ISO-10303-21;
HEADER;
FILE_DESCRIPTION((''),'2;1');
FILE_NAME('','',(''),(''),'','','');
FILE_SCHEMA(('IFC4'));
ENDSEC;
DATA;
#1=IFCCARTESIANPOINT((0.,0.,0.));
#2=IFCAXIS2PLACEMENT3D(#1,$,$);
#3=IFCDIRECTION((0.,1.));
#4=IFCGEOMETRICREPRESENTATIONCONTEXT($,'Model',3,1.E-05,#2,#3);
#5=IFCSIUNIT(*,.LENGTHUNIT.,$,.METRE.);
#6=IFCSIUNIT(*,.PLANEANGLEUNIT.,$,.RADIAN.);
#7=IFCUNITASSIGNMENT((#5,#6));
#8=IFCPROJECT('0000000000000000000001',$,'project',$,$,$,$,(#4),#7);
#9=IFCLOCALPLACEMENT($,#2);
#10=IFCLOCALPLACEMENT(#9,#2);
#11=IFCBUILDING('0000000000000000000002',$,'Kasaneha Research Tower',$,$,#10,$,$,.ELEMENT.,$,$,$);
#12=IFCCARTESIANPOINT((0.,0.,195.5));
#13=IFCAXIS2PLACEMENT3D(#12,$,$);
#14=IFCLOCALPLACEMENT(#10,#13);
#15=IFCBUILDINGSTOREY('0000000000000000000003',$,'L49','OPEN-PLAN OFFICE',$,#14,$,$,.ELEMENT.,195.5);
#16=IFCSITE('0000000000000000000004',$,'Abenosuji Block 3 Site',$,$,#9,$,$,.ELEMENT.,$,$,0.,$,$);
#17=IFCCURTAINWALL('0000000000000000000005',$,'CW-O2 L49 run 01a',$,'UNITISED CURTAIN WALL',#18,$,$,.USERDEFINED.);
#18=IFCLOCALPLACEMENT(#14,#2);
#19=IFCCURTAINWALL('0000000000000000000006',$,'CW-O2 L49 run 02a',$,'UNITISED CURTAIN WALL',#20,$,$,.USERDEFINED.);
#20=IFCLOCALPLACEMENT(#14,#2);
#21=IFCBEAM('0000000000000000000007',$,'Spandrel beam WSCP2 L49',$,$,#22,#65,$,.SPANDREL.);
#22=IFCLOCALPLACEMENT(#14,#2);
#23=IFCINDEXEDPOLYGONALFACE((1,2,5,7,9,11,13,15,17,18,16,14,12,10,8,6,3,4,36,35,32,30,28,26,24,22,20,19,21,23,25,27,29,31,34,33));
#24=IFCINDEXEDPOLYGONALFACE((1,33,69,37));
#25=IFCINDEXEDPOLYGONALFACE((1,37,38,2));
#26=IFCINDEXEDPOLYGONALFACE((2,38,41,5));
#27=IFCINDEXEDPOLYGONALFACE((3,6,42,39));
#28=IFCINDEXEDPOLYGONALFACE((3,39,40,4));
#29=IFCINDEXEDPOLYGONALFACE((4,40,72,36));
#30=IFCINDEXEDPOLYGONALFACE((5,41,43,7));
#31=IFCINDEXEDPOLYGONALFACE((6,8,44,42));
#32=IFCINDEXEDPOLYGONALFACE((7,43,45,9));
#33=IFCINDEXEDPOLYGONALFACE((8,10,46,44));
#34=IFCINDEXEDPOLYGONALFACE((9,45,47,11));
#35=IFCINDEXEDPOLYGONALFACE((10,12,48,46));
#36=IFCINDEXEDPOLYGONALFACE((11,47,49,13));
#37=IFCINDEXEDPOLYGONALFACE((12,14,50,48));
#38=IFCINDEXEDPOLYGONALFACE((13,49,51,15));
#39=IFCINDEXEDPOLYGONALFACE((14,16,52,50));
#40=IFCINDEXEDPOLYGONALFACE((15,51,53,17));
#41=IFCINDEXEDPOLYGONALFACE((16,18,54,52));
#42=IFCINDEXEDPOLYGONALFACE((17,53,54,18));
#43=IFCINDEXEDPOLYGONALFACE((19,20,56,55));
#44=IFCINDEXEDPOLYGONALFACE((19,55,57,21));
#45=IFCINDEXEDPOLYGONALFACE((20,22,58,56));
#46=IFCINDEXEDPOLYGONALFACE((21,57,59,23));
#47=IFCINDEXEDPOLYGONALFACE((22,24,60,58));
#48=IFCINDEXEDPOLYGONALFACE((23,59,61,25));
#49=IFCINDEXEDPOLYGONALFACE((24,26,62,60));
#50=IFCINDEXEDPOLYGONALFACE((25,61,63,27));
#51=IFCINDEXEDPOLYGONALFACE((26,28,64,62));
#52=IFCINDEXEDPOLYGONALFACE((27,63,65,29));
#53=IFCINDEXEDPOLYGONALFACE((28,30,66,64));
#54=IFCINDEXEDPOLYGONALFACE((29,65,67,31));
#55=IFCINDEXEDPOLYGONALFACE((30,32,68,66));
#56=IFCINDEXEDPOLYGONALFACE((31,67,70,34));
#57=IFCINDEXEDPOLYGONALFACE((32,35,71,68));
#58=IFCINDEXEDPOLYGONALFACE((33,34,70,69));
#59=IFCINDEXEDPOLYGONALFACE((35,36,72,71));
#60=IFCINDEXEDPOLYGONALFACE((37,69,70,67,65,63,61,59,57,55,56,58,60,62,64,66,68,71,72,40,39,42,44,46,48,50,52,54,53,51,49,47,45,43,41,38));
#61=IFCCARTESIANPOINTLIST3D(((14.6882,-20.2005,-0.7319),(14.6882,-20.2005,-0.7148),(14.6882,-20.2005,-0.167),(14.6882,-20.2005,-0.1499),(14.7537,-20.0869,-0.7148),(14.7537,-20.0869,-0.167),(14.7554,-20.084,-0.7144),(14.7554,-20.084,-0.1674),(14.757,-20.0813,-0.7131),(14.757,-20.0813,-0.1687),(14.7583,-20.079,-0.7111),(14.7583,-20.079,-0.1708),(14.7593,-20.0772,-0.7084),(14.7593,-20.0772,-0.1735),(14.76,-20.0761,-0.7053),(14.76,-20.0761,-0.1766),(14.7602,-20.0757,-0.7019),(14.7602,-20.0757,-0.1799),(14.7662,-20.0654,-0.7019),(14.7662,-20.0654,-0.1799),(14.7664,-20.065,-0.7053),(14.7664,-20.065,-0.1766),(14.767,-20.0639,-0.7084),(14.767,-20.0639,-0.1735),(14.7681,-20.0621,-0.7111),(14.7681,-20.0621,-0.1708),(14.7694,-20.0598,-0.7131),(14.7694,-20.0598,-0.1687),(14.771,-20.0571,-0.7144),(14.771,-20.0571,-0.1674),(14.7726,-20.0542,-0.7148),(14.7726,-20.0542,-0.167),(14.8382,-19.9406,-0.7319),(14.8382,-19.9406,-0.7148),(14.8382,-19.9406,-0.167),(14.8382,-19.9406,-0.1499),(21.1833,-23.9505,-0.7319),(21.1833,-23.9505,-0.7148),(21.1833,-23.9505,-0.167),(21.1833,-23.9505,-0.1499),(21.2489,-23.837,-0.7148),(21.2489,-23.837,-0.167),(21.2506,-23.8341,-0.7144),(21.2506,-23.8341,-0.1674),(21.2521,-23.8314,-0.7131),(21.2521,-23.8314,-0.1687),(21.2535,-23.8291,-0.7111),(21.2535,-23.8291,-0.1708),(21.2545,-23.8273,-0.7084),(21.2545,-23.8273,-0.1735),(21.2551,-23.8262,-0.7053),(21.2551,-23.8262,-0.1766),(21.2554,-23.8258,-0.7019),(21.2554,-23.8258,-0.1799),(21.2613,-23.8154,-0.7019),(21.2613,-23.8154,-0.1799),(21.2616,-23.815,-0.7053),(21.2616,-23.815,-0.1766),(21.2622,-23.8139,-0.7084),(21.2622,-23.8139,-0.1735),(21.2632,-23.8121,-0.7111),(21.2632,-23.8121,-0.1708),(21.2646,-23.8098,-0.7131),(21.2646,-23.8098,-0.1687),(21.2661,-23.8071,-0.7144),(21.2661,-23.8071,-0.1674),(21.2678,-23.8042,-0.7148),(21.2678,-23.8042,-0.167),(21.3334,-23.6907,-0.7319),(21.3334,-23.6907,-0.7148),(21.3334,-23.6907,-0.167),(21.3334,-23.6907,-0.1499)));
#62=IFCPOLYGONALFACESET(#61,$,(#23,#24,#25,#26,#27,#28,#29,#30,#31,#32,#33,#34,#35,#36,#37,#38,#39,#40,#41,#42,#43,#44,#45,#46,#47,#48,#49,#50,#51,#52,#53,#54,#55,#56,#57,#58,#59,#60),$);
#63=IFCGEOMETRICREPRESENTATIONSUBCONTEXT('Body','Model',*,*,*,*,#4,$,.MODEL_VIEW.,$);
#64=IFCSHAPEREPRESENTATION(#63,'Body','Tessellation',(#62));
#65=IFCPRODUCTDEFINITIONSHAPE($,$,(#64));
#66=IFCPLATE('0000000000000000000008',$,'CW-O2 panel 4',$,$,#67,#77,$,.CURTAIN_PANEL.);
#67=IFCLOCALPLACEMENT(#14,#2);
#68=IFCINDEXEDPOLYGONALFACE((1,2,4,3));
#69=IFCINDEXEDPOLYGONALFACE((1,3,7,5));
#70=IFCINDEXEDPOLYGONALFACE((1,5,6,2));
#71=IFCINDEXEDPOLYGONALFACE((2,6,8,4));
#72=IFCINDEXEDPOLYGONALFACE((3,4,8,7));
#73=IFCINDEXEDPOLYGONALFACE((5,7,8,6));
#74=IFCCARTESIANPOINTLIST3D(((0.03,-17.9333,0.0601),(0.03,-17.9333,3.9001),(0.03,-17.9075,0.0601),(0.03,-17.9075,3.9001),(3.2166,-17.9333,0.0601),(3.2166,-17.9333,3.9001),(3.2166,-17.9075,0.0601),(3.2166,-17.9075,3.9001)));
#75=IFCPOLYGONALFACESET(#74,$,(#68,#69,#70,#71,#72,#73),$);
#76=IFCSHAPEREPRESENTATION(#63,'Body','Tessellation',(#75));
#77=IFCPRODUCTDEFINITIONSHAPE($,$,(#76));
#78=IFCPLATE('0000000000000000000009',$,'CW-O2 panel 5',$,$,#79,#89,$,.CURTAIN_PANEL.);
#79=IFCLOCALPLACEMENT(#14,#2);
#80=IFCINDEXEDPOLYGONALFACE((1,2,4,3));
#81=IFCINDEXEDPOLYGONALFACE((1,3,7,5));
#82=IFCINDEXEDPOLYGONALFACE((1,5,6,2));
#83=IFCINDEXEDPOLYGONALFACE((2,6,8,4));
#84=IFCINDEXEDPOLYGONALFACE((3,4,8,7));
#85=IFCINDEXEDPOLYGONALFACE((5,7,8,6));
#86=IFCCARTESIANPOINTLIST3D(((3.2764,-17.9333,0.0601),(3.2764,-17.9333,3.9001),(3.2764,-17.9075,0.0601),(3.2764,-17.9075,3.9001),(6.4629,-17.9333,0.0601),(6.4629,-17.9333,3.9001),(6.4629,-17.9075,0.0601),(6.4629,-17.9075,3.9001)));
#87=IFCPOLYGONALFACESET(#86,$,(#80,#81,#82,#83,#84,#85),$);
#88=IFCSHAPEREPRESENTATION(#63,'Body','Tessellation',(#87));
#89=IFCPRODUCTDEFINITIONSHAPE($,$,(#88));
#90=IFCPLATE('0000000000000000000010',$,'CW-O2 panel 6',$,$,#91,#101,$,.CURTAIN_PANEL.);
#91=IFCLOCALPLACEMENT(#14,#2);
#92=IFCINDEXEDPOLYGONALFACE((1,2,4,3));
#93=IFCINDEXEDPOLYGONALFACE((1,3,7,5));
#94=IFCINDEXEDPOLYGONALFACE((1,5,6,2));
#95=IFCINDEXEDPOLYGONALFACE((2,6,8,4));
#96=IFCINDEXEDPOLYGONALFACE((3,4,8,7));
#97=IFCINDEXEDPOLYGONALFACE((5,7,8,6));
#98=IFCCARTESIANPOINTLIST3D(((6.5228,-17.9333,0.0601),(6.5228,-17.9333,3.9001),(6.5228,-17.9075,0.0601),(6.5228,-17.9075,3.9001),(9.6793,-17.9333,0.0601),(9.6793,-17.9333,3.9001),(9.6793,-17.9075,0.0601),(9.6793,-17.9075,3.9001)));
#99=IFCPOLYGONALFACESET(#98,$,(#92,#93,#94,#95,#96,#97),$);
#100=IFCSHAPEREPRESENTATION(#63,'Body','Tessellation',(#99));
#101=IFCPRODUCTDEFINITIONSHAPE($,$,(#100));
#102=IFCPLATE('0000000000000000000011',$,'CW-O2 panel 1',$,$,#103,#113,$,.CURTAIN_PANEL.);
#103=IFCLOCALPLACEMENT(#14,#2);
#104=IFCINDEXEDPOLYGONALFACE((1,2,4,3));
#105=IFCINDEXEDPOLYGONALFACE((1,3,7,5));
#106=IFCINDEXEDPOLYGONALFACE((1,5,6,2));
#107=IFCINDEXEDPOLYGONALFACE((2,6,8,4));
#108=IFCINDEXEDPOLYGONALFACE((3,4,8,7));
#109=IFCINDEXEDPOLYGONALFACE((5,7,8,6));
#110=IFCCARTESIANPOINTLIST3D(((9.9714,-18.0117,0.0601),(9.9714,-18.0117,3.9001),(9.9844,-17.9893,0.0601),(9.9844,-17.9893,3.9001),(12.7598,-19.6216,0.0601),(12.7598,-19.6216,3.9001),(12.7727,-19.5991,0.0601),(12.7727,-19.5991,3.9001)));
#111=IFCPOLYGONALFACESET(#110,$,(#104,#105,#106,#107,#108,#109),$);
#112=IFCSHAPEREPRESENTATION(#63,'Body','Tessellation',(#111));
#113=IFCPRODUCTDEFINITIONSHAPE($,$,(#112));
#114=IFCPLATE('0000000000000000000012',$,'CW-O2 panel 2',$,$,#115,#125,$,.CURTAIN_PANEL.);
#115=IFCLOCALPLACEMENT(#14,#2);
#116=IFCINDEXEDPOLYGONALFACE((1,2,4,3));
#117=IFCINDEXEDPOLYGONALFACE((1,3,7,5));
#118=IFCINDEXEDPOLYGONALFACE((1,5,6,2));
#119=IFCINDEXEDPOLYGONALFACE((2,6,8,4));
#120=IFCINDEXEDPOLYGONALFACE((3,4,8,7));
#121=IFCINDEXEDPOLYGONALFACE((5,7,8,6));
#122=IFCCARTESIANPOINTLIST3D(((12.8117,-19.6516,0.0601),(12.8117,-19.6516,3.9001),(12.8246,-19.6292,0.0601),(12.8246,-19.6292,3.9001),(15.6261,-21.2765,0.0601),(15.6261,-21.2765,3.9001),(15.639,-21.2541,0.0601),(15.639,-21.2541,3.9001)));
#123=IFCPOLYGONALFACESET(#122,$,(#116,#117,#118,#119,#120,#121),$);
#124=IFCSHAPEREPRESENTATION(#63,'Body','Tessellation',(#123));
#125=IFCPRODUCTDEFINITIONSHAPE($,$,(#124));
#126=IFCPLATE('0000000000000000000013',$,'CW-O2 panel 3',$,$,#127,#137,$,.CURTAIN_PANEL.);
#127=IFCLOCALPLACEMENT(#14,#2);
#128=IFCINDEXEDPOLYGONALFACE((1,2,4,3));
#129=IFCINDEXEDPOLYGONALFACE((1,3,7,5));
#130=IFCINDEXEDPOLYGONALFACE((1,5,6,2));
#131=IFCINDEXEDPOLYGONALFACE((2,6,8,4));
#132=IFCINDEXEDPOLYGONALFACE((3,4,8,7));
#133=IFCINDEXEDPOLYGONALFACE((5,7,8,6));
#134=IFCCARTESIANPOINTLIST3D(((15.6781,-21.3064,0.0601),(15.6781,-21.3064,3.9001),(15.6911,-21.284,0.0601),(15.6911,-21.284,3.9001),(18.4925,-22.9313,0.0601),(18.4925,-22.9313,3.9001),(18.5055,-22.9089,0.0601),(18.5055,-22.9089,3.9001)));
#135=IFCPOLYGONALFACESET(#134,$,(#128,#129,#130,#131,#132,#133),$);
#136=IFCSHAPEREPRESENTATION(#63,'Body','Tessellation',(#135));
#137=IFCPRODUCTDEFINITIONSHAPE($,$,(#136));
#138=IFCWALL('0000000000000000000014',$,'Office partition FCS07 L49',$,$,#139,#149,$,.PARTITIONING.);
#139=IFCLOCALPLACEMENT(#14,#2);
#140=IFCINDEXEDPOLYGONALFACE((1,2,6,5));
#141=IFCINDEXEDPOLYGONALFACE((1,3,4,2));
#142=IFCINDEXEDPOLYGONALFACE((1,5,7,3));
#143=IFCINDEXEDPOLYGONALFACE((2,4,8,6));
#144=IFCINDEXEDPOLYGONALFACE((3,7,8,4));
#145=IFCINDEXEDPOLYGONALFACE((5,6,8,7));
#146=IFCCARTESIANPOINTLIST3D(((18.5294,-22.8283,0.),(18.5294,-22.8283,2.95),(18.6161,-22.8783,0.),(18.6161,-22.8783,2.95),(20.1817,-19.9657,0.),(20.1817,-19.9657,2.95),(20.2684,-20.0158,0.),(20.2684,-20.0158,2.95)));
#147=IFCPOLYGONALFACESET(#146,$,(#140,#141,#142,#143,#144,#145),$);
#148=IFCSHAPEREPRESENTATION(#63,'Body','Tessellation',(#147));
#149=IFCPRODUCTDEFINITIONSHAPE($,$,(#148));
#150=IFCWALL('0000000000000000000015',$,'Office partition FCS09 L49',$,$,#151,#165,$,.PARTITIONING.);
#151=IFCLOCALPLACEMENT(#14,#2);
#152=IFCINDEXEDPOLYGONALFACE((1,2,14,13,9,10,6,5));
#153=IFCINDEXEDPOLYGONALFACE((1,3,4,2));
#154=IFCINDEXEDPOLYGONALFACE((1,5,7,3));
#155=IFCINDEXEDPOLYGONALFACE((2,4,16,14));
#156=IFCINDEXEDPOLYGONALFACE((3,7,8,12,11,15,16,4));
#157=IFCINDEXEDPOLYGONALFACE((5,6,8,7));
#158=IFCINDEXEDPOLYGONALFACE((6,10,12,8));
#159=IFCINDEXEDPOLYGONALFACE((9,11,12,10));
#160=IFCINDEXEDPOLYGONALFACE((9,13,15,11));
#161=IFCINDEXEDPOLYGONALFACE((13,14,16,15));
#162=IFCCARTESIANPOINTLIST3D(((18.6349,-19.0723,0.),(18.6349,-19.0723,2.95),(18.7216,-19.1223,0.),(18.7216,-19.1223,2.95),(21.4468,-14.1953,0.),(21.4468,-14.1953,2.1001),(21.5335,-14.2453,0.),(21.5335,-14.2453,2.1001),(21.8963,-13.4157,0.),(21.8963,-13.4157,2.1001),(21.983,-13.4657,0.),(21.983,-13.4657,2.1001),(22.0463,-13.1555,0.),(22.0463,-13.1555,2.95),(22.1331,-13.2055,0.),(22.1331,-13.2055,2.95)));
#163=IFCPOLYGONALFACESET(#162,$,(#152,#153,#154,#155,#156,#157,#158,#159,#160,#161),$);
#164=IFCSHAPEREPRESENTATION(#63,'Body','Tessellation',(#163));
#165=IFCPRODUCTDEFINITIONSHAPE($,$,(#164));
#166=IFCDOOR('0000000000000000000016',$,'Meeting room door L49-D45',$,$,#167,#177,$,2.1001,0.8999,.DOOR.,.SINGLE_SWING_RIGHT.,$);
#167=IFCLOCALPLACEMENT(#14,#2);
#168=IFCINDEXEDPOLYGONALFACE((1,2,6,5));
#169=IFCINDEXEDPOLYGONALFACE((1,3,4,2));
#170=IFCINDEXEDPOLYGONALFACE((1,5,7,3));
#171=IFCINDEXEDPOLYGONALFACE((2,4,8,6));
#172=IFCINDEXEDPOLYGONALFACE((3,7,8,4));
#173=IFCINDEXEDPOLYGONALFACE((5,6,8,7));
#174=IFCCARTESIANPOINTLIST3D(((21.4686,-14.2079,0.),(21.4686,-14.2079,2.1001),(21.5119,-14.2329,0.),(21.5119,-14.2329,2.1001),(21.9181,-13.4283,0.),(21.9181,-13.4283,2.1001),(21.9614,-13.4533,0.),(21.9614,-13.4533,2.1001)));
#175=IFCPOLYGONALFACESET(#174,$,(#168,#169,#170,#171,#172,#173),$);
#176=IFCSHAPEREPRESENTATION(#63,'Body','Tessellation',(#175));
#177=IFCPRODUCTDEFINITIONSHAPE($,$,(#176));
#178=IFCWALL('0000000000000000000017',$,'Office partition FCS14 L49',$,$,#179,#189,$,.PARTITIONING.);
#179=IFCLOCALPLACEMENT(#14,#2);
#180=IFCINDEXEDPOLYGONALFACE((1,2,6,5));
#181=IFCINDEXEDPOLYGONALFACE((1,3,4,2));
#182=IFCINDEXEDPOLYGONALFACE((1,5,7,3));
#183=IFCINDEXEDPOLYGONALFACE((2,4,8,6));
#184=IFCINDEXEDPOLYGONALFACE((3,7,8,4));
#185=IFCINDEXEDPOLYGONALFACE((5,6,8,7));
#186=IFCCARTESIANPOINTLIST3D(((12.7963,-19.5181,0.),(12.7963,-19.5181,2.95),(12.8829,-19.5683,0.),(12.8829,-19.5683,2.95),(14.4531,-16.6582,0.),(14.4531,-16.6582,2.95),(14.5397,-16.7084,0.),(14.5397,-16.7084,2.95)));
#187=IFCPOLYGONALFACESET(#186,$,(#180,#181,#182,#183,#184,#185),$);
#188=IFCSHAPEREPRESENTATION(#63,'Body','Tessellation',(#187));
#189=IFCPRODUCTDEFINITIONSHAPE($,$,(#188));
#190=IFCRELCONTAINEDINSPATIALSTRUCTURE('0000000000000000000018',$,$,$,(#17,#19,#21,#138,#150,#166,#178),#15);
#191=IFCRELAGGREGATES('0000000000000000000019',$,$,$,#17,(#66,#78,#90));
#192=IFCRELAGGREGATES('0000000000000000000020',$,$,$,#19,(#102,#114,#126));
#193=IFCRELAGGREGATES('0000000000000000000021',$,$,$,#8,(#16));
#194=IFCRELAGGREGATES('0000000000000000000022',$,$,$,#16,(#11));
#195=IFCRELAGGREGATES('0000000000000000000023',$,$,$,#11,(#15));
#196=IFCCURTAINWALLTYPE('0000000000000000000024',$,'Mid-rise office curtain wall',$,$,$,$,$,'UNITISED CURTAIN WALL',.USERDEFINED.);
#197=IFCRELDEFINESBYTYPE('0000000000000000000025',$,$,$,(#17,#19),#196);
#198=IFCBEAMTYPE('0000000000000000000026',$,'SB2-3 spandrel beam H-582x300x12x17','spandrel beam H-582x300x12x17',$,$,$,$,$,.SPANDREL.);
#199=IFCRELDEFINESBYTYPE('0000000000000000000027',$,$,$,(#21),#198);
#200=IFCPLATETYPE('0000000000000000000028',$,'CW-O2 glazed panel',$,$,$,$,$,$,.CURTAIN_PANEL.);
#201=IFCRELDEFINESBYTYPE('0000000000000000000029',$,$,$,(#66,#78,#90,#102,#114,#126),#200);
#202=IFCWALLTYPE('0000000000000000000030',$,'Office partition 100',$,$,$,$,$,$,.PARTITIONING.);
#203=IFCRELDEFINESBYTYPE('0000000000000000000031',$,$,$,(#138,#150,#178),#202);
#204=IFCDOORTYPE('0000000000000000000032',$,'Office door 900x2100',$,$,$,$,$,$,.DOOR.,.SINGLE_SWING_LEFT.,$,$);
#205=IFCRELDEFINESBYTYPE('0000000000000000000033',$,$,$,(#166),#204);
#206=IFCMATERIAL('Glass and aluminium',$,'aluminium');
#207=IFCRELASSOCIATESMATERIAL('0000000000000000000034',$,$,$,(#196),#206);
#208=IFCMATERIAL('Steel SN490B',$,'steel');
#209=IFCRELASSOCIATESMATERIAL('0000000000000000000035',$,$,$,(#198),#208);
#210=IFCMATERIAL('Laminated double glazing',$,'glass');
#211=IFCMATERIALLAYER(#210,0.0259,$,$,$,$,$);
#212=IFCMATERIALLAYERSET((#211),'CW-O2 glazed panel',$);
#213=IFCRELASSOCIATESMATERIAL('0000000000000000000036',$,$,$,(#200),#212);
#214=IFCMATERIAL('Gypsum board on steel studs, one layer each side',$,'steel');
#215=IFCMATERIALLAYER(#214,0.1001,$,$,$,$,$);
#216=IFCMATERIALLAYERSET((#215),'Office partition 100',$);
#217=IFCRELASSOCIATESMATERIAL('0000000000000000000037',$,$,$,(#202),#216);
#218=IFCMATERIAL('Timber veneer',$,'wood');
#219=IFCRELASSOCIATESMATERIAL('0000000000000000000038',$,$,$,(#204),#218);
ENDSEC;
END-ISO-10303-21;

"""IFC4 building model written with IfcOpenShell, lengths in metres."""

from ifc_helpers import new_model, si_unit, direction, frame, frame_2d, origin, origin_2d, place, context, subcontext, project, spatial, rectangle, i_section, extrude, material, layer, layer_set, material_profile, profile_set, type_object, element, fill, aggregate, save


model = new_model("IFC4")

# Units and contexts
model_context = context("Model", 3, precision=1e-05, world=origin(), true_north=direction((0.0, 1.0)))
body_context = subcontext(model_context, "Body", "Model", "MODEL_VIEW")
ifc_project = project(units=[si_unit("LENGTHUNIT", "METRE"), si_unit("PLANEANGLEUNIT", "RADIAN")], contexts=[model_context])

# Site, building, storey
site_placement = place(None, origin())
site = spatial("IfcSite", under=ifc_project, at=site_placement, Name="Abenosuji Block 3 Site", CompositionType="ELEMENT", RefElevation=0.0)
building_placement = place(site_placement, origin())
building = spatial("IfcBuilding", under=site, at=building_placement, Name="Kasaneha Research Tower", CompositionType="ELEMENT")
storey_placement = place(building_placement, frame((0.0, 0.0, 195.5)))
storey = spatial("IfcBuildingStorey", under=building, at=storey_placement, Name="L49", Description="OPEN-PLAN OFFICE", CompositionType="ELEMENT", Elevation=195.5)

# Curtain walls
ifc_material_1 = material(Name="Glass and aluminium", Category="aluminium")
curtain_wall_type = type_object("IfcCurtainWallType", Name="Mid-rise office curtain wall", ElementType="UNITISED CURTAIN WALL", PredefinedType="USERDEFINED", material=ifc_material_1)
curtain_wall_1_placement = place(storey_placement, origin())
curtain_wall_1 = element("IfcCurtainWall", 1, at=curtain_wall_1_placement, inside=storey, type_object=curtain_wall_type, Name="CW-O2 L49 run 01a", ObjectType="UNITISED CURTAIN WALL", PredefinedType="USERDEFINED")
curtain_wall_2_placement = place(storey_placement, origin())
curtain_wall_2 = element("IfcCurtainWall", 2, at=curtain_wall_2_placement, inside=storey, type_object=curtain_wall_type, Name="CW-O2 L49 run 02a", ObjectType="UNITISED CURTAIN WALL", PredefinedType="USERDEFINED")

# Beam
ifc_material_2 = material(Name="Steel SN490B", Category="steel")
ifc_material_profile_1 = material_profile(ifc_material_2, i_section(OverallWidth=0.3, OverallDepth=0.582, WebThickness=0.012, FlangeThickness=0.0171, FilletRadius=0.0129, at=origin_2d()), Name="H-582x300x12x17")
ifc_profile_set_1 = profile_set([ifc_material_profile_1], Name="Steel SN490B")
beam_type_1 = type_object("IfcBeamType", Name="SB2-3 spandrel beam H-582x300x12x17", Description="spandrel beam H-582x300x12x17", PredefinedType="SPANDREL", material=ifc_profile_set_1)
beam_1_placement = place(storey_placement, frame((14.7632, -20.0706, -0.4409), z_axis=(0.866023, -0.500004, 0.0), x_axis=(0.500004, 0.866023, 0.0)))
element("IfcBeam", 3, at=beam_1_placement, inside=storey, type_object=beam_type_1, Name="Spandrel beam WSCP2 L49", PredefinedType="SPANDREL", context=body_context, shape_type="SweptSolid", body=[
    extrude(i_section(OverallWidth=0.3, OverallDepth=0.582, WebThickness=0.012, FlangeThickness=0.0171, FilletRadius=0.0129, at=origin_2d()), origin(), (0.0, 0.0, 1.0), 7.5),
])

# Plates
ifc_material_3 = material(Name="Laminated double glazing", Category="glass")
ifc_layer_1 = layer(ifc_material_3, 0.0259)
ifc_layer_set_1 = layer_set([ifc_layer_1], Name="CW-O2 glazed panel")
plate_type = type_object("IfcPlateType", Name="CW-O2 glazed panel", PredefinedType="CURTAIN_PANEL", material=ifc_layer_set_1)
plate_1_placement = place(storey_placement, frame((1.6233, -17.9204, 0.0601), z_axis=(0.0, 0.0, 1.0), x_axis=(1.0, 0.0, 0.0)))
plate_1 = element("IfcPlate", 4, at=plate_1_placement, type_object=plate_type, Name="CW-O2 panel 4", PredefinedType="CURTAIN_PANEL", context=body_context, shape_type="SweptSolid", body=[
    extrude(rectangle(XDim=3.1865, YDim=0.0259, at=origin_2d()), origin(), (0.0, 0.0, 1.0), 3.8401),
])
plate_2_placement = place(storey_placement, frame((4.8696, -17.9204, 0.0601), z_axis=(0.0, 0.0, 1.0), x_axis=(1.0, 0.0, 0.0)))
plate_2 = element("IfcPlate", 5, at=plate_2_placement, type_object=plate_type, Name="CW-O2 panel 5", PredefinedType="CURTAIN_PANEL", context=body_context, shape_type="SweptSolid", body=[
    extrude(rectangle(XDim=3.1865, YDim=0.0259, at=origin_2d()), origin(), (0.0, 0.0, 1.0), 3.8401),
])
plate_3_placement = place(storey_placement, frame((8.1011, -17.9204, 0.0601), z_axis=(0.0, 0.0, 1.0), x_axis=(1.0, 0.0, 0.0)))
plate_3 = element("IfcPlate", 6, at=plate_3_placement, type_object=plate_type, Name="CW-O2 panel 6", PredefinedType="CURTAIN_PANEL", context=body_context, shape_type="SweptSolid", body=[
    extrude(rectangle(XDim=3.1565, YDim=0.0259, at=origin_2d()), origin(), (0.0, 0.0, 1.0), 3.8401),
])
aggregate(curtain_wall_1, [plate_1, plate_2, plate_3])
plate_4_placement = place(storey_placement, frame((11.3721, -18.8054, 0.0601), z_axis=(0.0, 0.0, 1.0), x_axis=(0.866025, -0.5, 0.0)))
plate_4 = element("IfcPlate", 7, at=plate_4_placement, type_object=plate_type, Name="CW-O2 panel 1", PredefinedType="CURTAIN_PANEL", context=body_context, shape_type="SweptSolid", body=[
    extrude(rectangle(XDim=3.2197, YDim=0.0259, at=origin_2d()), origin(), (0.0, 0.0, 1.0), 3.8401),
])
plate_5_placement = place(storey_placement, frame((14.2253, -20.4529, 0.0601), z_axis=(0.0, 0.0, 1.0), x_axis=(0.866025, -0.5, 0.0)))
plate_5 = element("IfcPlate", 8, at=plate_5_placement, type_object=plate_type, Name="CW-O2 panel 2", PredefinedType="CURTAIN_PANEL", context=body_context, shape_type="SweptSolid", body=[
    extrude(rectangle(XDim=3.2498, YDim=0.0259, at=origin_2d()), origin(), (0.0, 0.0, 1.0), 3.8401),
])
plate_6_placement = place(storey_placement, frame((17.0918, -22.1077, 0.0601), z_axis=(0.0, 0.0, 1.0), x_axis=(0.866025, -0.5, 0.0)))
plate_6 = element("IfcPlate", 9, at=plate_6_placement, type_object=plate_type, Name="CW-O2 panel 3", PredefinedType="CURTAIN_PANEL", context=body_context, shape_type="SweptSolid", body=[
    extrude(rectangle(XDim=3.2498, YDim=0.0259, at=origin_2d()), origin(), (0.0, 0.0, 1.0), 3.8401),
])
aggregate(curtain_wall_2, [plate_4, plate_5, plate_6])

# Wall
ifc_material_4 = material(Name="Gypsum board on steel studs, one layer each side", Category="steel")
ifc_layer_2 = layer(ifc_material_4, 0.1001)
ifc_layer_set_2 = layer_set([ifc_layer_2], Name="Office partition 100")
wall_type = type_object("IfcWallType", Name="Office partition 100", PredefinedType="PARTITIONING", material=ifc_layer_set_2)
wall_1_placement = place(storey_placement, frame((18.5728, -22.8533, 0.0), z_axis=(0.0, 0.0, 1.0), x_axis=(0.499921, 0.866071, 0.0)))
element("IfcWall", 10, at=wall_1_placement, inside=storey, type_object=wall_type, Name="Office partition FCS07 L49", PredefinedType="PARTITIONING", context=body_context, shape_type="SweptSolid", body=[
    extrude(rectangle(XDim=3.3052, YDim=0.1001, at=frame_2d((1.6526, 0.0))), origin(), (0.0, 0.0, 1.0), 2.95),
])

# Wall, opening, door
wall_2_placement = place(storey_placement, frame((18.6782, -19.0974, 0.0), z_axis=(0.0, 0.0, 1.0), x_axis=(0.499488, 0.866321, 0.0)))
wall_2 = element("IfcWall", 11, at=wall_2_placement, inside=storey, type_object=wall_type, Name="Office partition FCS09 L49", PredefinedType="PARTITIONING", context=body_context, shape_type="SweptSolid", body=[
    extrude(rectangle(XDim=6.8298, YDim=0.1001, at=frame_2d((3.415, 0.0))), origin(), (0.0, 0.0, 1.0), 2.95),
])
opening_placement = place(wall_2_placement, frame((5.6296, 0.0, 0.0)))
opening = element("IfcOpeningElement", 12, at=opening_placement, cuts=wall_2, PredefinedType="OPENING", context=body_context, shape_type="SweptSolid", body=[
    extrude(rectangle(XDim=0.8999, YDim=2.1001, at=frame_2d((0.45, 1.05))), frame((0.0, 0.0601, 0.0), z_axis=(0.0, -1.0, 0.0), x_axis=(1.0, 0.0, 0.0)), (0.0, 0.0, 1.0), 0.1201),
])
ifc_material_5 = material(Name="Timber veneer", Category="wood")
door_type = type_object("IfcDoorType", Name="Office door 900x2100", OperationType="SINGLE_SWING_LEFT", PredefinedType="DOOR", material=ifc_material_5)
door_placement = place(opening_placement, origin())
door = element("IfcDoor", 13, at=door_placement, inside=storey, type_object=door_type, Name="Meeting room door L49-D45", OperationType="SINGLE_SWING_RIGHT", OverallHeight=2.1001, OverallWidth=0.8999, PredefinedType="DOOR", context=body_context, shape_type="SweptSolid", body=[
    extrude(rectangle(XDim=0.8999, YDim=2.1001, at=frame_2d((0.45, 1.05))), frame((0.0, 0.0249, 0.0), z_axis=(0.0, -1.0, 0.0), x_axis=(1.0, 0.0, 0.0)), (0.0, 0.0, 1.0), 0.05),
])
fill(opening, door)

# Wall
wall_3_placement = place(storey_placement, frame((12.8396, -19.5432, 0.0), z_axis=(0.0, 0.0, 1.0), x_axis=(0.501269, 0.865291, 0.0)))
element("IfcWall", 14, at=wall_3_placement, inside=storey, type_object=wall_type, Name="Office partition FCS14 L49", PredefinedType="PARTITIONING", context=body_context, shape_type="SweptSolid", body=[
    extrude(rectangle(XDim=3.3052, YDim=0.1001, at=frame_2d((1.6526, 0.0))), origin(), (0.0, 0.0, 1.0), 2.95),
])

save(model, "model.ifc")
